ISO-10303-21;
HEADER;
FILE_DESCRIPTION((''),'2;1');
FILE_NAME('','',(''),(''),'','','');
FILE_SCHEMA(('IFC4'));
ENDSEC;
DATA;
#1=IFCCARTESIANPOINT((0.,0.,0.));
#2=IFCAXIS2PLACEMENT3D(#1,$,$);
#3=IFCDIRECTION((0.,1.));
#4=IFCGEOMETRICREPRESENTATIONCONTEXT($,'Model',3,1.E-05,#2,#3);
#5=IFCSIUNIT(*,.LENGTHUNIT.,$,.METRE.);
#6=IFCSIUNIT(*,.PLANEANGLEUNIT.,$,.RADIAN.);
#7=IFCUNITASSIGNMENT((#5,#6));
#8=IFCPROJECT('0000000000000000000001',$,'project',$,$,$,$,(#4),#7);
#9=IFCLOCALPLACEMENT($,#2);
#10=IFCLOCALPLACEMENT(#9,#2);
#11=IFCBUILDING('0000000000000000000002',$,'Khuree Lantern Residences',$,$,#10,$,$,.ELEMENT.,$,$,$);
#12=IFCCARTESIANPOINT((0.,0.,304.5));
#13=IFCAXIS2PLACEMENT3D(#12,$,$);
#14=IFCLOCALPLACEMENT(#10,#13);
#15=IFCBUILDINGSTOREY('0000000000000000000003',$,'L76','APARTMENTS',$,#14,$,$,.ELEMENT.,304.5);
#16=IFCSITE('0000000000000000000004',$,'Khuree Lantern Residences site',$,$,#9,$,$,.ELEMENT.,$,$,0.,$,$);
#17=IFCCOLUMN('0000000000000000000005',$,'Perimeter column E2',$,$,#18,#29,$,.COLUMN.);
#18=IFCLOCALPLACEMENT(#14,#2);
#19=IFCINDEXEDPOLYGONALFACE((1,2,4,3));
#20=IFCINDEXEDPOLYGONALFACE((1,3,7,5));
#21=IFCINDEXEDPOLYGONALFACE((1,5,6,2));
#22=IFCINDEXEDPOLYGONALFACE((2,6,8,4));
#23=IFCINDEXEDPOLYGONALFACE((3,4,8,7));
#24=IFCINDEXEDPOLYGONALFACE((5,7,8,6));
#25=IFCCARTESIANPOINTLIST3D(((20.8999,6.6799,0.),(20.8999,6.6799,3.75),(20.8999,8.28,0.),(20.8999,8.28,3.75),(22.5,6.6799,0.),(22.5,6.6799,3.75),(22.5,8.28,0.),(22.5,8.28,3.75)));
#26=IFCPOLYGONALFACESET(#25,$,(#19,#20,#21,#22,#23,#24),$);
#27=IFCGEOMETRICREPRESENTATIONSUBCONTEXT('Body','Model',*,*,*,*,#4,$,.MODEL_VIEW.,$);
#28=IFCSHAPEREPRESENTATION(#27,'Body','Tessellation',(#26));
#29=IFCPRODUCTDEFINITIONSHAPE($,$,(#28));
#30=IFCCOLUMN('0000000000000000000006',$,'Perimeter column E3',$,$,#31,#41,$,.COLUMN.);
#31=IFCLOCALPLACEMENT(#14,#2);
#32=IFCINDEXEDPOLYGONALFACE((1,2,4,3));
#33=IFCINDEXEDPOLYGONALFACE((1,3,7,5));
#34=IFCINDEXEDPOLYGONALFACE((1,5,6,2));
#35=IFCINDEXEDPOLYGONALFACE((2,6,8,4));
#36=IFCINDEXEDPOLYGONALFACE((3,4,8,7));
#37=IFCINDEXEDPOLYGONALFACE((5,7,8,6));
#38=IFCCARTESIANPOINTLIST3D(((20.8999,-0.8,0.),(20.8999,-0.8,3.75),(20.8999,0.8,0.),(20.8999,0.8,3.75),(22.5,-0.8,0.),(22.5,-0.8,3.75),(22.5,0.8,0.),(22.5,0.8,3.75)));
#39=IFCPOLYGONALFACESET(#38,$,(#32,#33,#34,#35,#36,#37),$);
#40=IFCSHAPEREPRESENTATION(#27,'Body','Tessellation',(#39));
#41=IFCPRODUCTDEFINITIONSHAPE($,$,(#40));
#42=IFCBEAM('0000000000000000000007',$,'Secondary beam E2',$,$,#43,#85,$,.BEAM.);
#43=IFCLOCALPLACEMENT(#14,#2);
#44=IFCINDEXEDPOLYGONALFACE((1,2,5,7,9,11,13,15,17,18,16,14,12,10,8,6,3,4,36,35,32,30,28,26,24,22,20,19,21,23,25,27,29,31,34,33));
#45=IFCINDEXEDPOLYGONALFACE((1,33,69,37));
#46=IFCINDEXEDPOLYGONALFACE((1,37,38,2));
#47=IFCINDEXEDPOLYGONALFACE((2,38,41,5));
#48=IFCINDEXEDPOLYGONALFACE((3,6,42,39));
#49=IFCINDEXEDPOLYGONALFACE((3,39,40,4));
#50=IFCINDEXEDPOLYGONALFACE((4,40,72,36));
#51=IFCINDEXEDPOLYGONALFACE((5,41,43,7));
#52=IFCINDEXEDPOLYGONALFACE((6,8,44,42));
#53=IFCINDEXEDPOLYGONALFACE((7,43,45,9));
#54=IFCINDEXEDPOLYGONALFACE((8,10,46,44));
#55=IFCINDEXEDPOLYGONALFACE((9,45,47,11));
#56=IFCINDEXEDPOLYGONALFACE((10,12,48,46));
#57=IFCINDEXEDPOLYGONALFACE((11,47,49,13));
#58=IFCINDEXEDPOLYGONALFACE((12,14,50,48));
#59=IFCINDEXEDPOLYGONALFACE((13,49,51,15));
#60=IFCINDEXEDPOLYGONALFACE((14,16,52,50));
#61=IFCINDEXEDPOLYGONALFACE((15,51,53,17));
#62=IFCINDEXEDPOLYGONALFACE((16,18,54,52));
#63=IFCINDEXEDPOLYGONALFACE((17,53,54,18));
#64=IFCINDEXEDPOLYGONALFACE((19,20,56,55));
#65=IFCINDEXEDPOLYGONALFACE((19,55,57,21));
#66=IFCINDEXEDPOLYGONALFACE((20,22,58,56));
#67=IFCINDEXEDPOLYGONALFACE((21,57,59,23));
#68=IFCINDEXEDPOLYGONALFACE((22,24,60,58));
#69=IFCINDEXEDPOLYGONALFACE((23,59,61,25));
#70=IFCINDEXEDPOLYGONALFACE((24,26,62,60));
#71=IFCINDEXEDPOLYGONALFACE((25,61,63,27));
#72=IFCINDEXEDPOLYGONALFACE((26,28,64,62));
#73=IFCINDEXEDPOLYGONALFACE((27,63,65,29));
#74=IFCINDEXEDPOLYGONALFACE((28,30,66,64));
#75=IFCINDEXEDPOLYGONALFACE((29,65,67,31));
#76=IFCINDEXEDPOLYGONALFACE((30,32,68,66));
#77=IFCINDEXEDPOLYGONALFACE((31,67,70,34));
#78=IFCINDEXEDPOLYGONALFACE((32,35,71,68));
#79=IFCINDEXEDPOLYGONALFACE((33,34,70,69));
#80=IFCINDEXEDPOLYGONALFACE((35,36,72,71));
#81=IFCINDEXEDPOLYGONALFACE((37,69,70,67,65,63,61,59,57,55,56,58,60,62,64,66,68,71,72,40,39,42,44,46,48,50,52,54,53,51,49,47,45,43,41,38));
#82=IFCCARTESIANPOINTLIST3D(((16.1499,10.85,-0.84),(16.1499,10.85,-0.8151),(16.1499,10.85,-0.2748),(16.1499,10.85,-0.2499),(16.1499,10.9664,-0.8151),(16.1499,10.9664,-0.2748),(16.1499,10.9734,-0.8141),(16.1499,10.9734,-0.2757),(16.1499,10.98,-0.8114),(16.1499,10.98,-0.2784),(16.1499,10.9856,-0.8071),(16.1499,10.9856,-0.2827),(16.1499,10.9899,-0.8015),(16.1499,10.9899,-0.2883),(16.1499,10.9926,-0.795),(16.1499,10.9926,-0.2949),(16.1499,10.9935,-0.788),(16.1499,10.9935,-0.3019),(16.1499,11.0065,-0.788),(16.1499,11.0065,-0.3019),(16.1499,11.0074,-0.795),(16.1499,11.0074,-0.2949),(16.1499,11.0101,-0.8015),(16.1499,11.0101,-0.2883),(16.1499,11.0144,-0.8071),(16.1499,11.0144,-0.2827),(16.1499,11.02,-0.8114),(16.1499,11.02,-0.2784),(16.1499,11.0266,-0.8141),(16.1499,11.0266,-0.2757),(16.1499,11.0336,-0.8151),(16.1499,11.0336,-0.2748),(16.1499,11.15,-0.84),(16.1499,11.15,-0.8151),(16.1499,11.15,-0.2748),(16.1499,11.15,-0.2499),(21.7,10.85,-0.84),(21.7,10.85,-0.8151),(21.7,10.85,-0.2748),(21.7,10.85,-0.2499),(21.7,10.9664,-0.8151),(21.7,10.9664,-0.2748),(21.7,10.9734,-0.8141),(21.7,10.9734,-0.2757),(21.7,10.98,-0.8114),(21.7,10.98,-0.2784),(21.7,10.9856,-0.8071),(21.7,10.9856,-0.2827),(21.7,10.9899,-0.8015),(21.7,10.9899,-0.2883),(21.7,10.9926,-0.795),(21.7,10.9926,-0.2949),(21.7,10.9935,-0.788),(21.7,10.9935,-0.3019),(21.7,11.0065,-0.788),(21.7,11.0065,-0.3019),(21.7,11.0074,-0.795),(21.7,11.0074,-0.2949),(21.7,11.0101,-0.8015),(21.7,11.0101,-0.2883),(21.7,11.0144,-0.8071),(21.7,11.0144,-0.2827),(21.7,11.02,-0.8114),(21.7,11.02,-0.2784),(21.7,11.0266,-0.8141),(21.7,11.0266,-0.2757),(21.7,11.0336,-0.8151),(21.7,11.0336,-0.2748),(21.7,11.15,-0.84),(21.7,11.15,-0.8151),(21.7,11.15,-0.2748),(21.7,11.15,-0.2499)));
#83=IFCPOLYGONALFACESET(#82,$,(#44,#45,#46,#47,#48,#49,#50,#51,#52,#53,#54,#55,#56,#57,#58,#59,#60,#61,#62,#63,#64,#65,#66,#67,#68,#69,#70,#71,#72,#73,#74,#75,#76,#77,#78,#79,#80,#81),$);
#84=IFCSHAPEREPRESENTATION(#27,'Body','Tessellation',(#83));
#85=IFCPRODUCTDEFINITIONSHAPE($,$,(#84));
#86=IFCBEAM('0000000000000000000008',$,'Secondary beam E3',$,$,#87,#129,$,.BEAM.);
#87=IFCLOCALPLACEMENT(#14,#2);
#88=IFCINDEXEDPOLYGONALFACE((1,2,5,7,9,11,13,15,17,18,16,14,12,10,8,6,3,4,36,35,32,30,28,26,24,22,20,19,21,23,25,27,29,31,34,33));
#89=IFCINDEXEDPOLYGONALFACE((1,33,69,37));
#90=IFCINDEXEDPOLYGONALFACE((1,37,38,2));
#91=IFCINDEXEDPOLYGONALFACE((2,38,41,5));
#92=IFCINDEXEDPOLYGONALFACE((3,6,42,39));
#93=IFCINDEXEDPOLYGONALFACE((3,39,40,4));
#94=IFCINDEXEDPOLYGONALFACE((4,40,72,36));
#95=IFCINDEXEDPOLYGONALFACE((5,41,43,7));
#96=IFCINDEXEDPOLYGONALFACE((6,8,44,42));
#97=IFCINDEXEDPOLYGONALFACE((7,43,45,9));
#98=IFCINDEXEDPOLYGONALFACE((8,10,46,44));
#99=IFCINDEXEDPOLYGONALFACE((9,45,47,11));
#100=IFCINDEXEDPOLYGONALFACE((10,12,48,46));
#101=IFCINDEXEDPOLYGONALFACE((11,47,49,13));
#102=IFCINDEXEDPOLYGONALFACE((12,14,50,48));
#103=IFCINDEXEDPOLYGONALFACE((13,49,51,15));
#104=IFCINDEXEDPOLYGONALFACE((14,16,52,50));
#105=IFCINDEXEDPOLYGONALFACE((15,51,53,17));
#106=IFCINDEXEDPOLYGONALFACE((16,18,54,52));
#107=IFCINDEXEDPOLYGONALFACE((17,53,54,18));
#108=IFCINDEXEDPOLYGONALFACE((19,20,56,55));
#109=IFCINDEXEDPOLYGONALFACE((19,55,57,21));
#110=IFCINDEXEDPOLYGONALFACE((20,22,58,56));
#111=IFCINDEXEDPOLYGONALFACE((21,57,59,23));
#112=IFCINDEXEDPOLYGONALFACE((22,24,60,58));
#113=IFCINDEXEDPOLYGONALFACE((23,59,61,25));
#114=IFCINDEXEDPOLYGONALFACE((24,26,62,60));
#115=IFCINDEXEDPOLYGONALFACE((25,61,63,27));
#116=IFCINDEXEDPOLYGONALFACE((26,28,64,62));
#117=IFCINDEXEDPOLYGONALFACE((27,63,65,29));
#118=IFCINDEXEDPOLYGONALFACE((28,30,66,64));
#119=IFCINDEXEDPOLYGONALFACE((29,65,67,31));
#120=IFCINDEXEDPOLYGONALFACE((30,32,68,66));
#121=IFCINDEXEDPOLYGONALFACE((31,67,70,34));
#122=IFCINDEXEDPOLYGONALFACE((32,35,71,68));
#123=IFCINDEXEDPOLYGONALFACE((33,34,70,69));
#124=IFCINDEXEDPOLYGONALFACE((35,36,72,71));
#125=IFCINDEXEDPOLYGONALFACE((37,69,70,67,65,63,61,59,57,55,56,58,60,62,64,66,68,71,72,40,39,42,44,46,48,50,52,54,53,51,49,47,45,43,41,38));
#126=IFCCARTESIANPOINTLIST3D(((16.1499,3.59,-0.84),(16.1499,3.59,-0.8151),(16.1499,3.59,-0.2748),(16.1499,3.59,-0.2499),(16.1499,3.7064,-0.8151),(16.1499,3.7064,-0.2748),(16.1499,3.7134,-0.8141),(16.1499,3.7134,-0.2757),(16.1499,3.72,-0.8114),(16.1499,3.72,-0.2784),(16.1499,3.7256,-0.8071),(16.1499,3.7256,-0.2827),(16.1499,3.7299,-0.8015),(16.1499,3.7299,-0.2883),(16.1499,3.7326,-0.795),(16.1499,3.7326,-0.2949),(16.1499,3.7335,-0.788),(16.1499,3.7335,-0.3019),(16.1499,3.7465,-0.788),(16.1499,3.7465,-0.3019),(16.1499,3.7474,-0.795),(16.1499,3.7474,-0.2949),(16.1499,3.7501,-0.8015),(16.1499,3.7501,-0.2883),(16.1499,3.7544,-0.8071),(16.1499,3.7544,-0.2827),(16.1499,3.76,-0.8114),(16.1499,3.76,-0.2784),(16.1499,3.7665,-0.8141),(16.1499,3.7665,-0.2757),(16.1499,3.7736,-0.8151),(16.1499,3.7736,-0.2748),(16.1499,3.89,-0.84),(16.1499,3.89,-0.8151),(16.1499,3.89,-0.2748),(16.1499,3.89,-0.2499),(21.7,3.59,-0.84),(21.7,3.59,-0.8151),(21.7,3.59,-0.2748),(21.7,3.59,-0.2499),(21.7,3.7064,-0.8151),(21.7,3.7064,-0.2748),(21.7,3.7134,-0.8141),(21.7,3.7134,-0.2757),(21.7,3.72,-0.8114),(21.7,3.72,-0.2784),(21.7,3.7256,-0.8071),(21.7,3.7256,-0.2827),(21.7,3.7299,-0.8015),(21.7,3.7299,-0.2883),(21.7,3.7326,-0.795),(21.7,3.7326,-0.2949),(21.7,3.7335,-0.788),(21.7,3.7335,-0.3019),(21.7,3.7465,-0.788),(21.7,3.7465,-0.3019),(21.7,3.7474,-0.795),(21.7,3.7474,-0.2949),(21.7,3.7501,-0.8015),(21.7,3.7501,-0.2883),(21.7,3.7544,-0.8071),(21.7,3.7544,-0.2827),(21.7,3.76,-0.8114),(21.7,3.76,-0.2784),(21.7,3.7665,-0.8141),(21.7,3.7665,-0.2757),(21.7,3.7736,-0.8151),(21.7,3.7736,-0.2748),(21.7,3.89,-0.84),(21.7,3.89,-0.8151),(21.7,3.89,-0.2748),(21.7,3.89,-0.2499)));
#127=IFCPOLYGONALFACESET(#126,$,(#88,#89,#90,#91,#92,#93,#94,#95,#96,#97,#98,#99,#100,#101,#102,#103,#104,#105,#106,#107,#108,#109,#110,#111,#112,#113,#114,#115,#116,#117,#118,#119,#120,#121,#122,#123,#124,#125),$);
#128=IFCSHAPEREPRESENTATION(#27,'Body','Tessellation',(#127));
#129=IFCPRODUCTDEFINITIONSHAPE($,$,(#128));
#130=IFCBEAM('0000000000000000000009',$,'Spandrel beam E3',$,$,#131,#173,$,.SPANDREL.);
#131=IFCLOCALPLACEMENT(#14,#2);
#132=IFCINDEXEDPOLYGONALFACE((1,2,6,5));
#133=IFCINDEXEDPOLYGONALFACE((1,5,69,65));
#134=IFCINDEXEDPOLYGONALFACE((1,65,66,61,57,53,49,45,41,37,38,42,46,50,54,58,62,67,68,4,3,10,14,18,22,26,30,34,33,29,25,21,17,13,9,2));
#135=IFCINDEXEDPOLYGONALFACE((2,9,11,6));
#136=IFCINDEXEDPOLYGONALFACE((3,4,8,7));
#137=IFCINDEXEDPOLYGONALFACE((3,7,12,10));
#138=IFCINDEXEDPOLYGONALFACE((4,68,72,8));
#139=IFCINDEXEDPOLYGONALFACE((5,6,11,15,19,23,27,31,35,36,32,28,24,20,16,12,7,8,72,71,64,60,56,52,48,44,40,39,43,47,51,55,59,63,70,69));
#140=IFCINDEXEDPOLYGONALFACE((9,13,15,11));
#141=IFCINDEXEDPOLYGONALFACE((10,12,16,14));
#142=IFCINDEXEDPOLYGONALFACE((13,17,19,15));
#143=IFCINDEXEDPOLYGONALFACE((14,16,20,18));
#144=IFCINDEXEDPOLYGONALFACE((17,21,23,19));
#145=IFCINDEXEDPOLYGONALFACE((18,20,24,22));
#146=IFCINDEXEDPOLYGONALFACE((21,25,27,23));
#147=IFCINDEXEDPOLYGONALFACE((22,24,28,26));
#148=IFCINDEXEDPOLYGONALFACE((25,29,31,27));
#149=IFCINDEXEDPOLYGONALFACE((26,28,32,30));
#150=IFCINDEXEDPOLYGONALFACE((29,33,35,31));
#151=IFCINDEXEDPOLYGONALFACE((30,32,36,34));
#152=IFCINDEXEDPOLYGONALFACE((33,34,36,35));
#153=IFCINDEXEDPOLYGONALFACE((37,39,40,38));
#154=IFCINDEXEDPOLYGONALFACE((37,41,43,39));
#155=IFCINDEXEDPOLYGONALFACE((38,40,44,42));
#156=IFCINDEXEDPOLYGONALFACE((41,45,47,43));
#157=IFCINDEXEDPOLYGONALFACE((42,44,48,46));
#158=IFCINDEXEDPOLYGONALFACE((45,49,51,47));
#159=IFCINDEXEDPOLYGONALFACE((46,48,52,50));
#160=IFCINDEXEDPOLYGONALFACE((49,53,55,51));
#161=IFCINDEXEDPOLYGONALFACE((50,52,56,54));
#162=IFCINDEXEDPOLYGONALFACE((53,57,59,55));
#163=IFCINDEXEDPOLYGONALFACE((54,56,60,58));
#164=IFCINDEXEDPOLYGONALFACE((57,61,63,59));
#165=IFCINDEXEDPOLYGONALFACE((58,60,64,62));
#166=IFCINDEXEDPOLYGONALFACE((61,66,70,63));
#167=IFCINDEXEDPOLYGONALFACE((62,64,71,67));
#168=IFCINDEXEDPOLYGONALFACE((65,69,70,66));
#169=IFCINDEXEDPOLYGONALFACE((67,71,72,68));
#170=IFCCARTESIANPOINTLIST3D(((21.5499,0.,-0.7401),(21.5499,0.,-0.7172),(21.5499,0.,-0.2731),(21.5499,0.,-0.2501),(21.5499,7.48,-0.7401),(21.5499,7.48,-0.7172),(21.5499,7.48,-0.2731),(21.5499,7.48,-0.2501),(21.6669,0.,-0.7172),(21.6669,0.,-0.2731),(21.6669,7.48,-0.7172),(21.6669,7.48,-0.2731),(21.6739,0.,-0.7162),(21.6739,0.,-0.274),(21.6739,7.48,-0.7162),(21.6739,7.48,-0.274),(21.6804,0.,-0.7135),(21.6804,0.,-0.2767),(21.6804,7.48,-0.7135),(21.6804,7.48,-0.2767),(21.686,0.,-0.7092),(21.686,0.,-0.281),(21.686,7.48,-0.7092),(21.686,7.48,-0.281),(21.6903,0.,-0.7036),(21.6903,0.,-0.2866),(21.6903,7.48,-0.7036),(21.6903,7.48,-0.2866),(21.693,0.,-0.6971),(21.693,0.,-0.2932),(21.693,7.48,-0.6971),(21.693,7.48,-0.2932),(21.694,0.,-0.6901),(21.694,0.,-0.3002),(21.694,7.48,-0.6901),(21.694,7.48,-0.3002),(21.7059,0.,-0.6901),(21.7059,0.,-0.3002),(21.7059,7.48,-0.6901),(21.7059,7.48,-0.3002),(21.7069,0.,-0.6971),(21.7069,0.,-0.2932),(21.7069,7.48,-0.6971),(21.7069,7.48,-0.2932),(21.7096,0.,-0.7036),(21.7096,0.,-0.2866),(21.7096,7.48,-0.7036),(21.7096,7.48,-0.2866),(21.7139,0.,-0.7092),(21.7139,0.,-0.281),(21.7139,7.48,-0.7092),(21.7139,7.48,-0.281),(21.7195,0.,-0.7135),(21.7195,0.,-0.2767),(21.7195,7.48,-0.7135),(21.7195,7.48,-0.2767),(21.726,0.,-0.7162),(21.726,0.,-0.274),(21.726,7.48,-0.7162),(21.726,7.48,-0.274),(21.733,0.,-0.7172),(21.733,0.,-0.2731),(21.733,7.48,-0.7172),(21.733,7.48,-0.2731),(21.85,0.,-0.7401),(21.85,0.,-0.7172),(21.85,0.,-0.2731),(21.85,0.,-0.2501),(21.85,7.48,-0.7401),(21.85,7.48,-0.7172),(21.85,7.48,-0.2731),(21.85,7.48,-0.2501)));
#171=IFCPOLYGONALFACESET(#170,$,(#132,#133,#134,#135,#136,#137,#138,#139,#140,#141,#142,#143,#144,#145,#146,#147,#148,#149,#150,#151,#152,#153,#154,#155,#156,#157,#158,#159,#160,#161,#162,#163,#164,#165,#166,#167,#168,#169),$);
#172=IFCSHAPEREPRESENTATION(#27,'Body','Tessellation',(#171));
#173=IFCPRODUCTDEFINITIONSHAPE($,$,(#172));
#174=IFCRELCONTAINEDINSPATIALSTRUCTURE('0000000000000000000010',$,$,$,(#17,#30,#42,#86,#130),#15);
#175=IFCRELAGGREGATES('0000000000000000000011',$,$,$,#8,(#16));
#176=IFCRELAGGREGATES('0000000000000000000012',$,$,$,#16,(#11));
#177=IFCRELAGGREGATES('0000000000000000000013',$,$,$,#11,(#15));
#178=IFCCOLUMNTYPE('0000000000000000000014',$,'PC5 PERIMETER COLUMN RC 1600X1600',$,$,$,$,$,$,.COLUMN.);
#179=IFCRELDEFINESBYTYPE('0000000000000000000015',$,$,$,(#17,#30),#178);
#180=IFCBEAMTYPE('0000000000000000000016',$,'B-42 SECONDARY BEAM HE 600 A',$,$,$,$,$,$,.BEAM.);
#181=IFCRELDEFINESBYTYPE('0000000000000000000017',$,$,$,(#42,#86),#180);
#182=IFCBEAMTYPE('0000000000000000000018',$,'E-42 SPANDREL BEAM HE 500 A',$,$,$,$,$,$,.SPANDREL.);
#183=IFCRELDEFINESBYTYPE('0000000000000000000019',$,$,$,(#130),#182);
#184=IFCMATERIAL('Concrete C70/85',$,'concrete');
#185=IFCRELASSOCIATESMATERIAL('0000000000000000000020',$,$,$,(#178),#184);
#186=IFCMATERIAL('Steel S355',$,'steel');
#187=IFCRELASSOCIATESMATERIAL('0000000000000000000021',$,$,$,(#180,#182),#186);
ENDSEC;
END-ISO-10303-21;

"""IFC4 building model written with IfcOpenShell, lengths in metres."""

from ifc_helpers import new_model, si_unit, direction, frame, origin, origin_2d, place, context, subcontext, project, spatial, rectangle, i_section, extrude, material, material_profile, profile_set, type_object, element, save


model = new_model("IFC4")

# Units and contexts
model_context = context("Model", 3, precision=1e-05, world=origin(), true_north=direction((0.0, 1.0)))
body_context = subcontext(model_context, "Body", "Model", "MODEL_VIEW")
ifc_project = project(units=[si_unit("LENGTHUNIT", "METRE"), si_unit("PLANEANGLEUNIT", "RADIAN")], contexts=[model_context])

# Site, building, storey
site_placement = place(None, origin())
site = spatial("IfcSite", under=ifc_project, at=site_placement, Name="Khuree Lantern Residences site", CompositionType="ELEMENT", RefElevation=0.0)
building_placement = place(site_placement, origin())
building = spatial("IfcBuilding", under=site, at=building_placement, Name="Khuree Lantern Residences", CompositionType="ELEMENT")
storey_placement = place(building_placement, frame((0.0, 0.0, 304.5)))
storey = spatial("IfcBuildingStorey", under=building, at=storey_placement, Name="L76", Description="APARTMENTS", CompositionType="ELEMENT", Elevation=304.5)

# Columns
ifc_material_1 = material(Name="Concrete C70/85", Category="concrete")
ifc_material_profile_1 = material_profile(ifc_material_1, rectangle(XDim=1.6001, YDim=1.6001, at=origin_2d()), Name="RC 1600X1600")
ifc_profile_set_1 = profile_set([ifc_material_profile_1], Name="Concrete C70/85")
column_type = type_object("IfcColumnType", Name="PC5 PERIMETER COLUMN RC 1600X1600", PredefinedType="COLUMN", material=ifc_profile_set_1)
for number, where, z_axis, x_axis, name in (
    (1, (21.7, 7.48, 0.0), (0.0, 0.0, 1.0), (0.0, 1.0, 0.0), "Perimeter column E2"),
    (2, (21.7, 0.0, 0.0), (0.0, 0.0, 1.0), (0.0, 1.0, 0.0), "Perimeter column E3"),
):
    element("IfcColumn", number, at=place(storey_placement, frame(where, z_axis=z_axis, x_axis=x_axis)), inside=storey, type_object=column_type, Name=name, PredefinedType="COLUMN", context=body_context, shape_type="SweptSolid", body=[
        extrude(rectangle(XDim=1.6001, YDim=1.6001, at=origin_2d()), origin(), (0.0, 0.0, 1.0), 3.75),
    ])

# Beams
ifc_material_2 = material(Name="Steel S355", Category="steel")
ifc_material_profile_2 = material_profile(ifc_material_2, i_section(OverallWidth=0.3, OverallDepth=0.5901, WebThickness=0.0129, FlangeThickness=0.0249, FilletRadius=0.0271, at=origin_2d()), Name="HE 600 A")
ifc_profile_set_2 = profile_set([ifc_material_profile_2], Name="Steel S355")
beam_type_1 = type_object("IfcBeamType", Name="B-42 SECONDARY BEAM HE 600 A", PredefinedType="BEAM", material=ifc_profile_set_2)
for number, where, z_axis, x_axis, name in (
    (3, (21.7, 11.0, -0.5449), (-1.0, 0.0, 0.0), (0.0, -1.0, 0.0), "Secondary beam E2"),
    (4, (21.7, 3.74, -0.5449), (-1.0, 0.0, 0.0), (0.0, -1.0, 0.0), "Secondary beam E3"),
):
    element("IfcBeam", number, at=place(storey_placement, frame(where, z_axis=z_axis, x_axis=x_axis)), inside=storey, type_object=beam_type_1, Name=name, PredefinedType="BEAM", context=body_context, shape_type="SweptSolid", body=[
        extrude(i_section(OverallWidth=0.3, OverallDepth=0.5901, WebThickness=0.0129, FlangeThickness=0.0249, FilletRadius=0.0271, at=origin_2d()), origin(), (0.0, 0.0, 1.0), 5.55),
    ])
ifc_material_profile_3 = material_profile(ifc_material_2, i_section(OverallWidth=0.3, OverallDepth=0.49, WebThickness=0.012, FlangeThickness=0.0229, FilletRadius=0.0271, at=origin_2d()), Name="HE 500 A")
ifc_profile_set_3 = profile_set([ifc_material_profile_3], Name="Steel S355")
beam_type_2 = type_object("IfcBeamType", Name="E-42 SPANDREL BEAM HE 500 A", PredefinedType="SPANDREL", material=ifc_profile_set_3)
for number, where, z_axis, x_axis, name in (
    (5, (21.7, 7.48, -0.4951), (0.0, -1.0, 0.0), (1.0, 0.0, 0.0), "Spandrel beam E3"),
):
    element("IfcBeam", number, at=place(storey_placement, frame(where, z_axis=z_axis, x_axis=x_axis)), inside=storey, type_object=beam_type_2, Name=name, PredefinedType="SPANDREL", context=body_context, shape_type="SweptSolid", body=[
        extrude(i_section(OverallWidth=0.3, OverallDepth=0.49, WebThickness=0.012, FlangeThickness=0.0229, FilletRadius=0.0271, at=origin_2d()), origin(), (0.0, 0.0, 1.0), 7.48),
    ])

save(model, "model.ifc")
